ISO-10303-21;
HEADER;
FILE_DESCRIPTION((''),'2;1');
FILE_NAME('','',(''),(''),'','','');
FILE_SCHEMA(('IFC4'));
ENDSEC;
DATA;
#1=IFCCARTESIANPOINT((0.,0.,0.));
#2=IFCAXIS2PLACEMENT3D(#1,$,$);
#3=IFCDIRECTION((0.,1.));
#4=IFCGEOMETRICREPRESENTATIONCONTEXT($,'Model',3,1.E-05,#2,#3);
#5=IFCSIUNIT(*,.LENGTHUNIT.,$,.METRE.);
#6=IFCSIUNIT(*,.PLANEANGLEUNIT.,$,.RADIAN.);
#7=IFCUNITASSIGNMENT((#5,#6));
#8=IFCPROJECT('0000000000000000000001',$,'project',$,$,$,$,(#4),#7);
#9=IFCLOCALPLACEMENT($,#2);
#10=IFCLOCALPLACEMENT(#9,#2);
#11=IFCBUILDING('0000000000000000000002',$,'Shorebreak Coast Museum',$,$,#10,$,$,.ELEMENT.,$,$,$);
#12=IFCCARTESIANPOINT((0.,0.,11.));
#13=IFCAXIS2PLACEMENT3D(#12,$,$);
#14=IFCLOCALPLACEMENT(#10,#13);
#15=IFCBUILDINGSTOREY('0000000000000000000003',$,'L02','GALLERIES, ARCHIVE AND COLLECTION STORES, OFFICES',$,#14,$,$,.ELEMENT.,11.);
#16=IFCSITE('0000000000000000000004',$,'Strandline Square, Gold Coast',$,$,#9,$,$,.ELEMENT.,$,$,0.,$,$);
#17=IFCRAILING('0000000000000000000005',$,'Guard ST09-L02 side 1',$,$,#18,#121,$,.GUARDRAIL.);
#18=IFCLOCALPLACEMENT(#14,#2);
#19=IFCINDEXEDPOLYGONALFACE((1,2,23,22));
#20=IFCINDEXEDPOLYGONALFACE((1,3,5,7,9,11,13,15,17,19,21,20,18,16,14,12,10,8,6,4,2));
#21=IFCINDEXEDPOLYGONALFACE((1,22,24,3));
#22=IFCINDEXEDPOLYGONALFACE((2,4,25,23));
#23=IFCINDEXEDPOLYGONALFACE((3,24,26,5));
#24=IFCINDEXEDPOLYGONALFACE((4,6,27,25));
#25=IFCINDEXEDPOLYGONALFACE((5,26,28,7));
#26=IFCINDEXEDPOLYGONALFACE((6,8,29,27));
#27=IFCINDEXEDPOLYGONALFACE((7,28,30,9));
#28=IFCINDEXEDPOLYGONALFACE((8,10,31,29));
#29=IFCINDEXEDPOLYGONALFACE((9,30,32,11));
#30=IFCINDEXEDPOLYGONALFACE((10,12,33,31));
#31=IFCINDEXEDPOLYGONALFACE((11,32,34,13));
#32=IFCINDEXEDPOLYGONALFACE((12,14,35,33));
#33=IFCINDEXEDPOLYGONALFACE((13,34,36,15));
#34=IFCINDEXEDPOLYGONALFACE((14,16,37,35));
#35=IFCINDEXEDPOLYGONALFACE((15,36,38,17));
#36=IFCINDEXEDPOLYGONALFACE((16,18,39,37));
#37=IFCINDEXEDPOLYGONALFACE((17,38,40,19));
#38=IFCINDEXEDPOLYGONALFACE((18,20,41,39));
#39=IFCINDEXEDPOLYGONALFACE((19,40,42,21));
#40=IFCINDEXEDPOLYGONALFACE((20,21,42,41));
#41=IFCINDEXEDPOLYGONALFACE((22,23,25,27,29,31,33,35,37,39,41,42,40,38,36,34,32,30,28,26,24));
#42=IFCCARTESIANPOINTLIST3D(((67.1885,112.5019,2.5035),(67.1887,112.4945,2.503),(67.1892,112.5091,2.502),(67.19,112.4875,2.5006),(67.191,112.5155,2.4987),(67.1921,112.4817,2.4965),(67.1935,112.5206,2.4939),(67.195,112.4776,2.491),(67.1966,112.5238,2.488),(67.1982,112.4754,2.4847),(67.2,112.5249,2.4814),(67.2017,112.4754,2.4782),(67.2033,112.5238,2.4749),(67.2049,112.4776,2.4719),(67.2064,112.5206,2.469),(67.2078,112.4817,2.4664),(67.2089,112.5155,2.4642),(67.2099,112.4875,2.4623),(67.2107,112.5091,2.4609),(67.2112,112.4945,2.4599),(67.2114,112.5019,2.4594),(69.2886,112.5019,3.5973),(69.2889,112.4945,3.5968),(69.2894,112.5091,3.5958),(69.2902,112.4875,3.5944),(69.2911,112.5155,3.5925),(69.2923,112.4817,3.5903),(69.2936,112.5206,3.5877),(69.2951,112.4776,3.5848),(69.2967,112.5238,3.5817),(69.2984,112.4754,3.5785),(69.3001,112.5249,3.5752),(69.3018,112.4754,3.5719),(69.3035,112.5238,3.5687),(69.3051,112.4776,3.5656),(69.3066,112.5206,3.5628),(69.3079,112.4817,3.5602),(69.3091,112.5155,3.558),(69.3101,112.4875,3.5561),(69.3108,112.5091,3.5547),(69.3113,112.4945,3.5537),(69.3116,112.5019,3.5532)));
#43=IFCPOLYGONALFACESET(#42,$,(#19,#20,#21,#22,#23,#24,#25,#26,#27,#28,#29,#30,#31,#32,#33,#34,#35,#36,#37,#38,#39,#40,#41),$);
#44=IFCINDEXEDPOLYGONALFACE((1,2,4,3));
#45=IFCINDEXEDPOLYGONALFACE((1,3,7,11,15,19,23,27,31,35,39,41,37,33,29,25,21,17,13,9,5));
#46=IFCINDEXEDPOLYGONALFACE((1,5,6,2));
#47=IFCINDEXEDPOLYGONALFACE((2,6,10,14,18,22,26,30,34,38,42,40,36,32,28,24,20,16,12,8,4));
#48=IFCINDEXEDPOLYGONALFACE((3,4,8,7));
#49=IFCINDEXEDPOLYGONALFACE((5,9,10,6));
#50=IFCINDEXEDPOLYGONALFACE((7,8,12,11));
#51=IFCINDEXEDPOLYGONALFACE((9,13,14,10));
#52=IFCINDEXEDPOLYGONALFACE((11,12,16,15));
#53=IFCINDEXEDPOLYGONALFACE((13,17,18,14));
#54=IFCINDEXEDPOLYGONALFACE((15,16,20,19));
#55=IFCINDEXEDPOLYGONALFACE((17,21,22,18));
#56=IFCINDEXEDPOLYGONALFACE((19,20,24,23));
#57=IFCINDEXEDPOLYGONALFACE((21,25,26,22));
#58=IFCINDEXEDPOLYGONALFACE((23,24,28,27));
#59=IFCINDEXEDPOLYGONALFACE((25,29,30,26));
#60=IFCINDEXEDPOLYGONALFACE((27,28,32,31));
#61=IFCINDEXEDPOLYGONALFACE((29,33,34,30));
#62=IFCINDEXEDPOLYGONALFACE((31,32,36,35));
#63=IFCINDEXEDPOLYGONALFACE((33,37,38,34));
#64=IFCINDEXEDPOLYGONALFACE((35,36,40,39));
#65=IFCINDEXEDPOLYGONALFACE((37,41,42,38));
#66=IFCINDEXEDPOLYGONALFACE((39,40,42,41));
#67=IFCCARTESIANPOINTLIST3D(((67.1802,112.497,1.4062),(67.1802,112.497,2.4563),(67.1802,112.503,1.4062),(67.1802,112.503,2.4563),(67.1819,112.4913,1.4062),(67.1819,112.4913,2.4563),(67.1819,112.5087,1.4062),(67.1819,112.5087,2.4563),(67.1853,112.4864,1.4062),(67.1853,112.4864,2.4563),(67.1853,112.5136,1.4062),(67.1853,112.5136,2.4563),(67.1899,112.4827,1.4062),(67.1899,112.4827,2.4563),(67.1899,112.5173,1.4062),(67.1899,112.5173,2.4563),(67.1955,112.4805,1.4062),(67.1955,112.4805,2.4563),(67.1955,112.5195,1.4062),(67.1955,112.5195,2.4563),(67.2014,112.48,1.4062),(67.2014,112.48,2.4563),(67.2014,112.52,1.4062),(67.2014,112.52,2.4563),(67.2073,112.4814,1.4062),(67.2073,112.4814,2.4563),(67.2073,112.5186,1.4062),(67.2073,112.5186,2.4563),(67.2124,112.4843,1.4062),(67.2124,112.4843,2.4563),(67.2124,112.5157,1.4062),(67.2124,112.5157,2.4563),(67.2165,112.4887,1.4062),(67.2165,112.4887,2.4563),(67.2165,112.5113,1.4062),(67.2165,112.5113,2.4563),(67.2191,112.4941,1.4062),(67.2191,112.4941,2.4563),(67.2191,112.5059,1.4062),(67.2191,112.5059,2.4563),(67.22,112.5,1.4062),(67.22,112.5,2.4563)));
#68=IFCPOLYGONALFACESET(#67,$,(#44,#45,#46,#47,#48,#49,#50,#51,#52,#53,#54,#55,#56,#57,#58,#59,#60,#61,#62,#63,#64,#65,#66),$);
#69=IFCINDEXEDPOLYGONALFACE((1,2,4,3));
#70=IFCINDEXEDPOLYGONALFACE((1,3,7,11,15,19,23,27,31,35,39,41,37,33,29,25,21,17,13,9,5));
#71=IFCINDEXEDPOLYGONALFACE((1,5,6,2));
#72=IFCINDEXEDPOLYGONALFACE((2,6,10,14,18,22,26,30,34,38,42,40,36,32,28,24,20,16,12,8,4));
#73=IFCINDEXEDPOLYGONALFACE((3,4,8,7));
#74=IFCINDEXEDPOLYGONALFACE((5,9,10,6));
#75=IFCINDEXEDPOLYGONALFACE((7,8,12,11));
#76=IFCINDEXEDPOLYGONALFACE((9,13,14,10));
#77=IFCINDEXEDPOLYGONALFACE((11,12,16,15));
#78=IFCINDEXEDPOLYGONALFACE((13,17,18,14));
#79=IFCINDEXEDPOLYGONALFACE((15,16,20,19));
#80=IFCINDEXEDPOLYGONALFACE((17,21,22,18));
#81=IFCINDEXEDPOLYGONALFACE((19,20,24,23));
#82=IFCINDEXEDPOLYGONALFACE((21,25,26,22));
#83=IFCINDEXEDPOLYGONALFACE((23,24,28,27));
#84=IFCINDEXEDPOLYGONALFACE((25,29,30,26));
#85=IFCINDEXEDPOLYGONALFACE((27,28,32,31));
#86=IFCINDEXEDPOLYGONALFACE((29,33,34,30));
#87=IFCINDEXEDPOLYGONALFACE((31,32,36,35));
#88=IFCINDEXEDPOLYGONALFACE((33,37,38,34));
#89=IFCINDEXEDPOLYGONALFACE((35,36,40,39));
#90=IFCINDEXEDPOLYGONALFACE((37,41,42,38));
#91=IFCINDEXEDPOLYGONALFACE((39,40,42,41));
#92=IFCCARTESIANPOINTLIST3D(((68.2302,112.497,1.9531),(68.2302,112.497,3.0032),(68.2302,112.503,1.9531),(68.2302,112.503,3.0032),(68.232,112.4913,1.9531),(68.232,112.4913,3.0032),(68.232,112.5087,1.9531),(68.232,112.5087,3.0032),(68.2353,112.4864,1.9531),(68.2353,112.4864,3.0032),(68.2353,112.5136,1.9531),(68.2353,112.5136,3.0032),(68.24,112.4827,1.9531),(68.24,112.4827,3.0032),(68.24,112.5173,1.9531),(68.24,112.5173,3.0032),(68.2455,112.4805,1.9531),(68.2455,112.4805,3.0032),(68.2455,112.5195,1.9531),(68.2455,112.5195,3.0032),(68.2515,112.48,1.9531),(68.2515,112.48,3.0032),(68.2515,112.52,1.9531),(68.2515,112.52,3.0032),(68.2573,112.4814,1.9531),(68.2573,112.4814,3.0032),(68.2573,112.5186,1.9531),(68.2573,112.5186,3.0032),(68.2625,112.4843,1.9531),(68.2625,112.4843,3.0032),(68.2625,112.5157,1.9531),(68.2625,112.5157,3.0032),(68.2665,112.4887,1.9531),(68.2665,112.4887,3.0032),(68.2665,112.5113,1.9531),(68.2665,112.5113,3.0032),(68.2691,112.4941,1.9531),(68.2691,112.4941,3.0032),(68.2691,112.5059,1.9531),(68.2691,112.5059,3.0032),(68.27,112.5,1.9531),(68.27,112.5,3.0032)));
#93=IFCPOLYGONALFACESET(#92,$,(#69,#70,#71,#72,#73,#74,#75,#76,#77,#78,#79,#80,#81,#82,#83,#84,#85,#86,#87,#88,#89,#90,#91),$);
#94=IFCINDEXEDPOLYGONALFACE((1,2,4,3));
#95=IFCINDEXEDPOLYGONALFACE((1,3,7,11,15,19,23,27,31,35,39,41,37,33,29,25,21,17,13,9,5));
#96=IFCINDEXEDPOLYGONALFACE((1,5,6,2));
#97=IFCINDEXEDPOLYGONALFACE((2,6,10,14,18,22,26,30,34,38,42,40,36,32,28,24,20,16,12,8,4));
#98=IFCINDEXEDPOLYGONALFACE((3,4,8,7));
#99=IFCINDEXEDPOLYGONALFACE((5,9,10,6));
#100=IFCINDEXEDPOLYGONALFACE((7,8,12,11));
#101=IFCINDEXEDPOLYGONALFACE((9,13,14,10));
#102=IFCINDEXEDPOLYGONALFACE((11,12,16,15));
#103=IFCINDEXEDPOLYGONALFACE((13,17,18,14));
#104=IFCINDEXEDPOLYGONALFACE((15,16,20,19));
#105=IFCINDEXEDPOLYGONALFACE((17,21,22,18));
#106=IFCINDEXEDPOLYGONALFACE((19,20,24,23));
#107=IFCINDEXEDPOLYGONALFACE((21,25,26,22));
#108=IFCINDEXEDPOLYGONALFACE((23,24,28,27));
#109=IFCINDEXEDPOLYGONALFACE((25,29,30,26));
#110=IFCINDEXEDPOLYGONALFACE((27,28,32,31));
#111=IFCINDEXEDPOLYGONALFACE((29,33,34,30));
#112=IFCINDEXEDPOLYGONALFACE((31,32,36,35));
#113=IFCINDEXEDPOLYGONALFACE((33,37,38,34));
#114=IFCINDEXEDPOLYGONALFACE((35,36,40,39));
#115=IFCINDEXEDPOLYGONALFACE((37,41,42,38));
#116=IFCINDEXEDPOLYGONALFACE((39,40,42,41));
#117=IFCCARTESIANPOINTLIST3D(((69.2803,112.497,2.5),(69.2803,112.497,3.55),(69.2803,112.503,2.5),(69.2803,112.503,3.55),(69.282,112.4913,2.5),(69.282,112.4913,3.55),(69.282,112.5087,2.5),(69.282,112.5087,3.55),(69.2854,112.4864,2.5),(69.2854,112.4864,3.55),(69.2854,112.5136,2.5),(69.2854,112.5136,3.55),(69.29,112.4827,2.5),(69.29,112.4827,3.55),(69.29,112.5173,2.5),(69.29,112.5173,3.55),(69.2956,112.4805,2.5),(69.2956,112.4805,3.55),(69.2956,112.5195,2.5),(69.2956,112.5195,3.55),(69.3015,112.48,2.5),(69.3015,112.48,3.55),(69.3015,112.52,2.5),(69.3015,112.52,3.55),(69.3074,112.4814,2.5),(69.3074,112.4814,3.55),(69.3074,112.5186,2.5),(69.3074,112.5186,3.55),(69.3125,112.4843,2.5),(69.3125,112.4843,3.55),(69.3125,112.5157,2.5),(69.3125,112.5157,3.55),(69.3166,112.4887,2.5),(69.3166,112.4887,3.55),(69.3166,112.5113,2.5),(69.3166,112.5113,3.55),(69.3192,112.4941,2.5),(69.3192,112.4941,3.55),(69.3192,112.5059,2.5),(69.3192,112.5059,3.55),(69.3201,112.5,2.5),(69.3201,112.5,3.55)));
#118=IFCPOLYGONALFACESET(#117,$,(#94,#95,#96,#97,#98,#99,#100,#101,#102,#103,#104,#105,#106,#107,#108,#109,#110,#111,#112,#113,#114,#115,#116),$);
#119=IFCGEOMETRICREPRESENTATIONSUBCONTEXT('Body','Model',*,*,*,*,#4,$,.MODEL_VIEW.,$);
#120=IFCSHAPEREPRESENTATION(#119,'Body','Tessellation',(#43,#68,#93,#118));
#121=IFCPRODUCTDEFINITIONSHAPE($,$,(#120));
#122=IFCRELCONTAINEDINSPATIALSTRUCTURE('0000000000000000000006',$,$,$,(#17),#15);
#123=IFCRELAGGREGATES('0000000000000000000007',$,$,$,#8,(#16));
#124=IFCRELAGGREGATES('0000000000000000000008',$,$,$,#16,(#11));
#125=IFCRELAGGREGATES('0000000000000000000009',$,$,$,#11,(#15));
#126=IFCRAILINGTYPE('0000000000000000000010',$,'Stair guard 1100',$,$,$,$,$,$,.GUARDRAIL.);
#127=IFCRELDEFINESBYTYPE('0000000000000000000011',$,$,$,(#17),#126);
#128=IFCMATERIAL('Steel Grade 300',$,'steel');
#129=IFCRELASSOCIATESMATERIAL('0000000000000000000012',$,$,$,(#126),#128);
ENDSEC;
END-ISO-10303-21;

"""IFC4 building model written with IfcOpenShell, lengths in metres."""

from ifc_helpers import new_model, si_unit, direction, frame, origin, origin_2d, place, context, subcontext, project, spatial, circle, extrude, material, type_object, element, save


model = new_model("IFC4")

# Units and contexts
model_context = context("Model", 3, precision=1e-05, world=origin(), true_north=direction((0.0, 1.0)))
body_context = subcontext(model_context, "Body", "Model", "MODEL_VIEW")
ifc_project = project(units=[si_unit("LENGTHUNIT", "METRE"), si_unit("PLANEANGLEUNIT", "RADIAN")], contexts=[model_context])

# Site, building, storey
site_placement = place(None, origin())
site = spatial("IfcSite", under=ifc_project, at=site_placement, Name="Strandline Square, Gold Coast", CompositionType="ELEMENT", RefElevation=0.0)
building_placement = place(site_placement, origin())
building = spatial("IfcBuilding", under=site, at=building_placement, Name="Shorebreak Coast Museum", CompositionType="ELEMENT")
storey_placement = place(building_placement, frame((0.0, 0.0, 11.0)))
storey = spatial("IfcBuildingStorey", under=building, at=storey_placement, Name="L02", Description="GALLERIES, ARCHIVE AND COLLECTION STORES, OFFICES", CompositionType="ELEMENT", Elevation=11.0)

# Railing
ifc_material_1 = material(Name="Steel Grade 300", Category="steel")
railing_type_1 = type_object("IfcRailingType", Name="Stair guard 1100", PredefinedType="GUARDRAIL", material=ifc_material_1)
for number, where, name in (
    (1, (67.2, 112.5, 1.4062), "Guard ST09-L02 side 1"),
):
    element("IfcRailing", number, at=place(storey_placement, frame(where)), inside=storey, type_object=railing_type_1, Name=name, PredefinedType="GUARDRAIL", context=body_context, shape_type="SweptSolid", body=[
        extrude(circle(Radius=0.0249, at=origin_2d()), frame((0.0, 0.0, 1.0752), z_axis=(0.886923, 0.0, 0.461918), x_axis=(0.0, 1.0, 0.0)), (0.0, 0.0, 1.0), 2.3679),
        extrude(circle(Radius=0.02, at=origin_2d()), origin(), (0.0, 0.0, 1.0), 1.05),
        extrude(circle(Radius=0.02, at=origin_2d()), frame((1.05, 0.0, 0.5469)), (0.0, 0.0, 1.0), 1.05),
        extrude(circle(Radius=0.02, at=origin_2d()), frame((2.1001, 0.0, 1.0938)), (0.0, 0.0, 1.0), 1.05),
    ])

save(model, "model.ifc")
